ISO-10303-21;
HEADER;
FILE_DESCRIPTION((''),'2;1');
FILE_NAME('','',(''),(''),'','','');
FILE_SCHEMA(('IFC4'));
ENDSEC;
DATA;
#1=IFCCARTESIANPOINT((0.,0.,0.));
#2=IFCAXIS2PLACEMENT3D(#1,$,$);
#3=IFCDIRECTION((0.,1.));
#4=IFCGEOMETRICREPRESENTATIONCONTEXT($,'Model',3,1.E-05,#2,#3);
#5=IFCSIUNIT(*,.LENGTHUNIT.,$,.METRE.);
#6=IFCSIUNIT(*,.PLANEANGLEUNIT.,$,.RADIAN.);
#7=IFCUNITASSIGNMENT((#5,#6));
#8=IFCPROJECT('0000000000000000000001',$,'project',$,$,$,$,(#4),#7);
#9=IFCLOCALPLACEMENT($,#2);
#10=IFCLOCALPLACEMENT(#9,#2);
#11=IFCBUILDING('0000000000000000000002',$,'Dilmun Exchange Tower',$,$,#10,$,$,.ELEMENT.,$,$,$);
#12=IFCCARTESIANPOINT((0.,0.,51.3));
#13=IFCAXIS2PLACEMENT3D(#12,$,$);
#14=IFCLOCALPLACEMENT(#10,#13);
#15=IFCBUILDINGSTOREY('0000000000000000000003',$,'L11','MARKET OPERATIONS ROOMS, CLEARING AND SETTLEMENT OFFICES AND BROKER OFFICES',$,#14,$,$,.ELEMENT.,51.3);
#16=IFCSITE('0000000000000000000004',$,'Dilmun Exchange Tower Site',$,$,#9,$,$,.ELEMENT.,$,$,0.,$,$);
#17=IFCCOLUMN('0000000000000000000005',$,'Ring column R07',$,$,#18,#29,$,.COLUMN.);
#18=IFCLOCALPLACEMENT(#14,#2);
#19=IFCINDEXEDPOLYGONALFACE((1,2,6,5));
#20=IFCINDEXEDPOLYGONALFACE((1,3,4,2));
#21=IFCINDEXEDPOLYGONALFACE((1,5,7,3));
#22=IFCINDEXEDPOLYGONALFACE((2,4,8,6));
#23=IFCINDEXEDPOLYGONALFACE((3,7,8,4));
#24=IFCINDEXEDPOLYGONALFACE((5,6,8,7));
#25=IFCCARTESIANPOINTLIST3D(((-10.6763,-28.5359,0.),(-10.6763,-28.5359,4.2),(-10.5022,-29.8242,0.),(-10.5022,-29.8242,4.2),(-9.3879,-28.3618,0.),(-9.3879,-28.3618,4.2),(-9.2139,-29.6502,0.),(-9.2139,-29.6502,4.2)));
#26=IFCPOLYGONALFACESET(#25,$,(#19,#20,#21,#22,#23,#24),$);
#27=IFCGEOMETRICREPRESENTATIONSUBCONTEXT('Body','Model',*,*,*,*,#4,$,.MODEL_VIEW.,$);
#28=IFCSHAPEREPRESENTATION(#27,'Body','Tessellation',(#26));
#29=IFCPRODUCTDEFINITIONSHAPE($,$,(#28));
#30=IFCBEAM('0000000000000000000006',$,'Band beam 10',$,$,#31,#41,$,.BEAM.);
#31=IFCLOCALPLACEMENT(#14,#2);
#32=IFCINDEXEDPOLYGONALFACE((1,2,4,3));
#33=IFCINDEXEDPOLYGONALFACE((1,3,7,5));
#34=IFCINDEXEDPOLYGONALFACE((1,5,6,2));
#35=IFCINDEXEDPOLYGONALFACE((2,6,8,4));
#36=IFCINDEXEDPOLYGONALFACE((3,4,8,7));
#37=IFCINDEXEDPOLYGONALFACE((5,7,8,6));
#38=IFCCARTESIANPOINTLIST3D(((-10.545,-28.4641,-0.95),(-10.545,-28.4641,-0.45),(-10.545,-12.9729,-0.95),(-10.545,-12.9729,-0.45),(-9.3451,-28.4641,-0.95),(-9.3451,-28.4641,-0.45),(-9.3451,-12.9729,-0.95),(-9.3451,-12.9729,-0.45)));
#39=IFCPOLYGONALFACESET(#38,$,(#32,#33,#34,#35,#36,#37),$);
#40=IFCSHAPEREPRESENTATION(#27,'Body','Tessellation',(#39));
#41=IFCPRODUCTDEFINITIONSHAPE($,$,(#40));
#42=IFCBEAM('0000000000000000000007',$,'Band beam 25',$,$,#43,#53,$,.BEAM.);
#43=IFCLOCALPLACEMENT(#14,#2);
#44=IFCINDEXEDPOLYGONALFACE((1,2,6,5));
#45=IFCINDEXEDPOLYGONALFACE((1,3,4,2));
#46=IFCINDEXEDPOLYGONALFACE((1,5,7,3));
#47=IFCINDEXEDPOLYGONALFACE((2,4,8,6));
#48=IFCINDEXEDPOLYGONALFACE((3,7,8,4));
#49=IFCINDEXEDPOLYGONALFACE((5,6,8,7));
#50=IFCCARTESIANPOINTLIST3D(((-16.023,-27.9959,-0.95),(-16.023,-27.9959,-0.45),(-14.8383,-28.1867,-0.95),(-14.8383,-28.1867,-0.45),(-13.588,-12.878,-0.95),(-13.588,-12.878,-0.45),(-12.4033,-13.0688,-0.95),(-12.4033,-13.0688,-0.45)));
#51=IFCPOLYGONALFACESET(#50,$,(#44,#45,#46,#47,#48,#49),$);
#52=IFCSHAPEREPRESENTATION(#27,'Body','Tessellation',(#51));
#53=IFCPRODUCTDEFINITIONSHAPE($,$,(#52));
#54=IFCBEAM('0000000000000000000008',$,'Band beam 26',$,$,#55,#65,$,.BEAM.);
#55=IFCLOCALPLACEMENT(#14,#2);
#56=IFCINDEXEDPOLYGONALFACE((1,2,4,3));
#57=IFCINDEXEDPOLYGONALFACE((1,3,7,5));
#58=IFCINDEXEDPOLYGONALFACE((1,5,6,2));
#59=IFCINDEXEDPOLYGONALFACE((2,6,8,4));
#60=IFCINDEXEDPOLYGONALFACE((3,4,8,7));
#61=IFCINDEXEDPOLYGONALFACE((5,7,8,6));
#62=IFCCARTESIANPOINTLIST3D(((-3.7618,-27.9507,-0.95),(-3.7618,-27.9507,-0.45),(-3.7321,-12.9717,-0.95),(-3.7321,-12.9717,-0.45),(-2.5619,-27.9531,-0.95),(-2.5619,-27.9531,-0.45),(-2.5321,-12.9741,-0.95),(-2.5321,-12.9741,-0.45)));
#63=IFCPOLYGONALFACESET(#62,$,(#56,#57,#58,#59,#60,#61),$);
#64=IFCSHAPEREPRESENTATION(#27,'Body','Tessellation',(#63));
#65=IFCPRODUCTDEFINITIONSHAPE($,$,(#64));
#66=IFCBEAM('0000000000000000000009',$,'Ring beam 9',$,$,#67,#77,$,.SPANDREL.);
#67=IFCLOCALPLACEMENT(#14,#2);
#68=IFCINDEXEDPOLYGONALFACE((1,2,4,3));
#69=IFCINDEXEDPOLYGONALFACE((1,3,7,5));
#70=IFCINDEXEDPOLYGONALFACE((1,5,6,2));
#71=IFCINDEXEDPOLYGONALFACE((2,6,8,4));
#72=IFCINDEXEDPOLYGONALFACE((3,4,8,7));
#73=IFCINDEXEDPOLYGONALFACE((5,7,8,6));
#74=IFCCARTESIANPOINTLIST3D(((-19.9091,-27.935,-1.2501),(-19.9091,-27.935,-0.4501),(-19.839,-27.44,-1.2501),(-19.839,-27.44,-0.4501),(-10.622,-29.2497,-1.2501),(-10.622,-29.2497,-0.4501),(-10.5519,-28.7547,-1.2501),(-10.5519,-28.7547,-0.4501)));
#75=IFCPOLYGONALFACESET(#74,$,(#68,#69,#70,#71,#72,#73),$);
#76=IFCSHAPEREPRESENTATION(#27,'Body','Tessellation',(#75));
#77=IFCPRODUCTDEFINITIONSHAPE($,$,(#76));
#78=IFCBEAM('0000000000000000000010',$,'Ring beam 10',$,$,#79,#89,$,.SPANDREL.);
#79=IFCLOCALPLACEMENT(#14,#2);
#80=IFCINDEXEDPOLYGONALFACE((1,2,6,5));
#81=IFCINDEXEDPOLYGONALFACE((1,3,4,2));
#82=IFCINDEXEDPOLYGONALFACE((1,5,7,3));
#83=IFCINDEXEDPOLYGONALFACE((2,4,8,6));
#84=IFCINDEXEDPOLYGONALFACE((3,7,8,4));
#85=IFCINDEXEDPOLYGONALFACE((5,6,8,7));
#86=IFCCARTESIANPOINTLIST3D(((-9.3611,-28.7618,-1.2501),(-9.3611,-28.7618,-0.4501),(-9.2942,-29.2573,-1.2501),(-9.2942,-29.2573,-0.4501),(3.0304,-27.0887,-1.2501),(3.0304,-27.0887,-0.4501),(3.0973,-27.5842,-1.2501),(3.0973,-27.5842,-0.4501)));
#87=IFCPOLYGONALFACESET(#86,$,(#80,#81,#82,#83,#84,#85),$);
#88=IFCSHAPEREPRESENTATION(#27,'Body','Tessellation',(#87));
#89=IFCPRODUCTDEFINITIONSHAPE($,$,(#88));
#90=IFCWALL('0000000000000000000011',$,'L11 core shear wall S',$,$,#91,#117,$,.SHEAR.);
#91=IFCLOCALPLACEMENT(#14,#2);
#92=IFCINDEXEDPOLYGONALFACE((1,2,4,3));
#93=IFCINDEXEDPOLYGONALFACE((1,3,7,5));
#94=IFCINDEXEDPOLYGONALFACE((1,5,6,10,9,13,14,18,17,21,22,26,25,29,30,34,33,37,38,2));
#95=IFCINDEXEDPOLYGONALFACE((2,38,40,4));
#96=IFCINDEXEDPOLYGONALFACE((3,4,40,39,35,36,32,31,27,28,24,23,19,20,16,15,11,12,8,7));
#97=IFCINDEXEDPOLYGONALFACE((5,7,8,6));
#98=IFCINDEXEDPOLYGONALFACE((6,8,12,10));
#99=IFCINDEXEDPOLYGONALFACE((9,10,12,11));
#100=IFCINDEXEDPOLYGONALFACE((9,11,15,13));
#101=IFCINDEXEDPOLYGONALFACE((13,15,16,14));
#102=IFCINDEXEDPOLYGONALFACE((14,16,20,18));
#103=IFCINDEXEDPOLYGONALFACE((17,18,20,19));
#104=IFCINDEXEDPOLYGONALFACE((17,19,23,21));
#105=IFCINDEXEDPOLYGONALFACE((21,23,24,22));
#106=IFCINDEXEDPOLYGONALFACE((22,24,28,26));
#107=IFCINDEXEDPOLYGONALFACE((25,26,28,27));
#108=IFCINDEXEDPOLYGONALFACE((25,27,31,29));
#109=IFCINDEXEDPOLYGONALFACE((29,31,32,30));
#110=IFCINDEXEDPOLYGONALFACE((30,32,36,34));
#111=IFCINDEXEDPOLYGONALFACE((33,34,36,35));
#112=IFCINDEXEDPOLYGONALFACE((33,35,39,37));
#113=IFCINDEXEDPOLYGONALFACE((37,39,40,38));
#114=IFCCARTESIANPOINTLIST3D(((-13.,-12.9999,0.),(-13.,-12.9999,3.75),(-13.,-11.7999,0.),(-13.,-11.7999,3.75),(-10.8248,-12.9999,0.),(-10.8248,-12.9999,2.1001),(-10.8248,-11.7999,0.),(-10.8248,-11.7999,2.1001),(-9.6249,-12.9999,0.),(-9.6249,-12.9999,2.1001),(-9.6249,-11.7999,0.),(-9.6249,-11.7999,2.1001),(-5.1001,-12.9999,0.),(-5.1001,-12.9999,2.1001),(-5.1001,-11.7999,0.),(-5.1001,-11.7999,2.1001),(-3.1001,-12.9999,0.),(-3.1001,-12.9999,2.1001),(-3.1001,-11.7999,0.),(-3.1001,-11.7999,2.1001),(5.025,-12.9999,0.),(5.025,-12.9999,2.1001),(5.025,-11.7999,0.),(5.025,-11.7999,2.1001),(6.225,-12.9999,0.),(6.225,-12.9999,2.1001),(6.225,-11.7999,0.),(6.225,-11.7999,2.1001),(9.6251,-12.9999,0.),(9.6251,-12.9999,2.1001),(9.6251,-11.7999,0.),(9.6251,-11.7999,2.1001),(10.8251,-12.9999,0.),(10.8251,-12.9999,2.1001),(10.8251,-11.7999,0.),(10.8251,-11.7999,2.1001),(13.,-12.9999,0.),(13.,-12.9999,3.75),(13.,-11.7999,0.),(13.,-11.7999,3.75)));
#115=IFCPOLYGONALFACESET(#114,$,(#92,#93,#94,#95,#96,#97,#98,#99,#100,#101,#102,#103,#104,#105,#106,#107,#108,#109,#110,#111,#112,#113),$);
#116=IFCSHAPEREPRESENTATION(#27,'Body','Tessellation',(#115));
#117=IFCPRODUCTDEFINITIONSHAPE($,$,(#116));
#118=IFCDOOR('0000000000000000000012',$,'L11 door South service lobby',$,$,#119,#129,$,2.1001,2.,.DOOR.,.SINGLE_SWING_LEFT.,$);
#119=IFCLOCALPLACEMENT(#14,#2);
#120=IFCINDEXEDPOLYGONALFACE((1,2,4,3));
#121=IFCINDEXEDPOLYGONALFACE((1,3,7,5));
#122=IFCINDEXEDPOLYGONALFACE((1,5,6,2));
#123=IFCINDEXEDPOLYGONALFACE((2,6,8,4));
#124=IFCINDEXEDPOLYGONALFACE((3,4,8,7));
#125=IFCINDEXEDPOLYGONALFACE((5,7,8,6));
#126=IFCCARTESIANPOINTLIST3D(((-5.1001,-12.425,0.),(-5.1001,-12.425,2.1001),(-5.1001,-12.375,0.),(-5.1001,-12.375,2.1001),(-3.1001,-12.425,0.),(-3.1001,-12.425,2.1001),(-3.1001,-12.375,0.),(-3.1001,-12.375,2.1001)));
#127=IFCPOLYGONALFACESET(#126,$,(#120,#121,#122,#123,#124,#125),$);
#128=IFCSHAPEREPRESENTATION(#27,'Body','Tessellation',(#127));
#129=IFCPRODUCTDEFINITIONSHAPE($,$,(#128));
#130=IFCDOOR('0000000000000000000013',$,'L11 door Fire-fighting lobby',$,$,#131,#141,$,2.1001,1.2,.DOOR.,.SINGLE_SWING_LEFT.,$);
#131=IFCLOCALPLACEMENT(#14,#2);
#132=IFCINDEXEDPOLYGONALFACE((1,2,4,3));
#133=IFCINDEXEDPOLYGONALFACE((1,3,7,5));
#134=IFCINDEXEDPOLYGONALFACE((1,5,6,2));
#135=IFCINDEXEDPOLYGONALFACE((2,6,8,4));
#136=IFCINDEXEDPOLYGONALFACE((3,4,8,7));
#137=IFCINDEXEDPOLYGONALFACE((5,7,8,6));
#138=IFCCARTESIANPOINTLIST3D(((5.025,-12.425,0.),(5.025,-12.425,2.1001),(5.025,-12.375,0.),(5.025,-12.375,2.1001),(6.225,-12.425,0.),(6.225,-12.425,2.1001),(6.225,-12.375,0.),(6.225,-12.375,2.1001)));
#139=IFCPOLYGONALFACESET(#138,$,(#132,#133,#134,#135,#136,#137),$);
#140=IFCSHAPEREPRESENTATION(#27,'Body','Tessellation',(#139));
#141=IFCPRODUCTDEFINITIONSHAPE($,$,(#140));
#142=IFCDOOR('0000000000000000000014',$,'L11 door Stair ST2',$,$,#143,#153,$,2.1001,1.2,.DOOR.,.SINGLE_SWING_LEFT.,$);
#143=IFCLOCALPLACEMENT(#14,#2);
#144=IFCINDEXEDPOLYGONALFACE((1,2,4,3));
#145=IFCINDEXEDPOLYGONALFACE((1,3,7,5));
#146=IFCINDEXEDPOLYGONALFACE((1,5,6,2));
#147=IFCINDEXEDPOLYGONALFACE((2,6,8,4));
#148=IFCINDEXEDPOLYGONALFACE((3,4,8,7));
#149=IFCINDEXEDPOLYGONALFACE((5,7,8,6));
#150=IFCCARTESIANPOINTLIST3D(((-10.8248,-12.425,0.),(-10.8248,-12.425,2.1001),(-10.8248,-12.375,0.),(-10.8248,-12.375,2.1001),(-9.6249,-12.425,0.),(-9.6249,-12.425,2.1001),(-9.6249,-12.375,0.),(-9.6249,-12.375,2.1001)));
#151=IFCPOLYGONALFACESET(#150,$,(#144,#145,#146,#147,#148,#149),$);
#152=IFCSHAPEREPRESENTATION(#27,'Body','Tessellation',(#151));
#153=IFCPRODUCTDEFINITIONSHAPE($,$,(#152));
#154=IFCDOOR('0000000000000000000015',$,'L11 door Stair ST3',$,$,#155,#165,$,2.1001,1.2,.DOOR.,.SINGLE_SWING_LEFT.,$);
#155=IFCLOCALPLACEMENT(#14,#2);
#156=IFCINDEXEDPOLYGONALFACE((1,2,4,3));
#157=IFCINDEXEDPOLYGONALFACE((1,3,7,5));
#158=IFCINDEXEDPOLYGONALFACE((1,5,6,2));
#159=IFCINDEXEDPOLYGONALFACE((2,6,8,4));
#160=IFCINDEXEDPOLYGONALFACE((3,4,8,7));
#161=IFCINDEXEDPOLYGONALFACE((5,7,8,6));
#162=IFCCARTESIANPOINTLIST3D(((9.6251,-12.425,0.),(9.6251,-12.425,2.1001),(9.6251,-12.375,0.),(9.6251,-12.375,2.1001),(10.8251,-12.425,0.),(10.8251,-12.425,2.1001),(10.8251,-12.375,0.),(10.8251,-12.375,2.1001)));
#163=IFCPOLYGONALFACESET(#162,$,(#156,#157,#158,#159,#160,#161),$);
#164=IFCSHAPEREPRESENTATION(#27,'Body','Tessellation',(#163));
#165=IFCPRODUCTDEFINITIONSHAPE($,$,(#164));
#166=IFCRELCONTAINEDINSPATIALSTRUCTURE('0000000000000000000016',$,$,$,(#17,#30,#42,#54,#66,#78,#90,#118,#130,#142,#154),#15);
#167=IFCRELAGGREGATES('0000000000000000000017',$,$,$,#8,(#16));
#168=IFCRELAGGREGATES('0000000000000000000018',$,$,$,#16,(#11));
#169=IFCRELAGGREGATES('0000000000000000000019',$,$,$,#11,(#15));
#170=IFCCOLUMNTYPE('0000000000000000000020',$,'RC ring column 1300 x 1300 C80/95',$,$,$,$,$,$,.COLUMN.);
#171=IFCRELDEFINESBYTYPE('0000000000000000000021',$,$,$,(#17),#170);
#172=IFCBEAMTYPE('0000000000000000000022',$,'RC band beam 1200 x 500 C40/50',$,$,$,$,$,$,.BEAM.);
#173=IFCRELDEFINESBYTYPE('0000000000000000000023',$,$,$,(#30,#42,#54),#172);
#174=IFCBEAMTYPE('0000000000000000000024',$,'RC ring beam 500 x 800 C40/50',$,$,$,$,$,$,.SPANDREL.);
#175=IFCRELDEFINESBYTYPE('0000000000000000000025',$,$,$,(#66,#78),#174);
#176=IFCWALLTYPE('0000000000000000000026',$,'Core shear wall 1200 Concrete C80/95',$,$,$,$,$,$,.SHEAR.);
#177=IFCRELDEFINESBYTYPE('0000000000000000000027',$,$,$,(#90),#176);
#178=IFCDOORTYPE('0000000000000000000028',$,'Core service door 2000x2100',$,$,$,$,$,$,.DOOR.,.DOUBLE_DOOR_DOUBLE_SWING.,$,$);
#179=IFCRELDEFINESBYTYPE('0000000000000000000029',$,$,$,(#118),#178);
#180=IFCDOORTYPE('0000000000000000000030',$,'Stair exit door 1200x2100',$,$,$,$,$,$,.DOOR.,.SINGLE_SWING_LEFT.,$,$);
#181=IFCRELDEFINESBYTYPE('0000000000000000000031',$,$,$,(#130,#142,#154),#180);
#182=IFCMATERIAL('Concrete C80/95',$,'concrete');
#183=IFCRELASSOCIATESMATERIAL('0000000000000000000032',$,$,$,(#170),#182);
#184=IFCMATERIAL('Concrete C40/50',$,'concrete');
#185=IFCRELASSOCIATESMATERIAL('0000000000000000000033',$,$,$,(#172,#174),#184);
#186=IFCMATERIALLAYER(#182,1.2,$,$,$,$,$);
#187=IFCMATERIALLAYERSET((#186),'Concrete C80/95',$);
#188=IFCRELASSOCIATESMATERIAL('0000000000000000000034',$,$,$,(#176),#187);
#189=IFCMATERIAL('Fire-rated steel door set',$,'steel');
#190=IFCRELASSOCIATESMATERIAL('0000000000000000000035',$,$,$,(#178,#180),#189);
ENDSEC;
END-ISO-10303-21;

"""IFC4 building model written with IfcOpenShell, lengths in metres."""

from ifc_helpers import new_model, si_unit, direction, frame, frame_2d, origin, origin_2d, place, context, subcontext, project, spatial, rectangle, extrude, material, layer, layer_set, material_profile, profile_set, type_object, element, fill, save


model = new_model("IFC4")

# Units and contexts
model_context = context("Model", 3, precision=1e-05, world=origin(), true_north=direction((0.0, 1.0)))
body_context = subcontext(model_context, "Body", "Model", "MODEL_VIEW")
ifc_project = project(units=[si_unit("LENGTHUNIT", "METRE"), si_unit("PLANEANGLEUNIT", "RADIAN")], contexts=[model_context])

# Site, building, storey
site_placement = place(None, origin())
site = spatial("IfcSite", under=ifc_project, at=site_placement, Name="Dilmun Exchange Tower Site", CompositionType="ELEMENT", RefElevation=0.0)
building_placement = place(site_placement, origin())
building = spatial("IfcBuilding", under=site, at=building_placement, Name="Dilmun Exchange Tower", CompositionType="ELEMENT")
storey_placement = place(building_placement, frame((0.0, 0.0, 51.3)))
storey = spatial("IfcBuildingStorey", under=building, at=storey_placement, Name="L11", Description="MARKET OPERATIONS ROOMS, CLEARING AND SETTLEMENT OFFICES AND BROKER OFFICES", CompositionType="ELEMENT", Elevation=51.3)

# Column
ifc_material_1 = material(Name="Concrete C80/95", Category="concrete")
ifc_material_profile_1 = material_profile(ifc_material_1, rectangle(XDim=1.3, YDim=1.3, at=origin_2d()), Name="1300 x 1300")
ifc_profile_set_1 = profile_set([ifc_material_profile_1], Name="Concrete C80/95")
column_type = type_object("IfcColumnType", Name="RC ring column 1300 x 1300 C80/95", PredefinedType="COLUMN", material=ifc_profile_set_1)
column_placement = place(storey_placement, frame((-9.9451, -29.093, 0.0), z_axis=(0.0, 0.0, 1.0), x_axis=(0.991001, 0.133853, 0.0)))
element("IfcColumn", 1, at=column_placement, inside=storey, type_object=column_type, Name="Ring column R07", PredefinedType="COLUMN", context=body_context, shape_type="SweptSolid", body=[
    extrude(rectangle(XDim=1.3, YDim=1.3, at=origin_2d()), origin(), (0.0, 0.0, 1.0), 4.2),
])

# Beams
ifc_material_2 = material(Name="Concrete C40/50", Category="concrete")
ifc_material_profile_2 = material_profile(ifc_material_2, rectangle(XDim=1.2, YDim=0.5, at=origin_2d()), Name="1200 x 500")
ifc_profile_set_2 = profile_set([ifc_material_profile_2], Name="Concrete C40/50")
beam_type_1 = type_object("IfcBeamType", Name="RC band beam 1200 x 500 C40/50", PredefinedType="BEAM", material=ifc_profile_set_2)
beam_1_placement = place(storey_placement, frame((-9.9451, -28.4641, -0.7), z_axis=(0.0, 1.0, 0.0), x_axis=(-1.0, 0.0, 0.0)))
element("IfcBeam", 2, at=beam_1_placement, inside=storey, type_object=beam_type_1, Name="Band beam 10", PredefinedType="BEAM", context=body_context, shape_type="SweptSolid", body=[
    extrude(rectangle(XDim=1.2, YDim=0.5, at=origin_2d()), origin(), (0.0, 0.0, 1.0), 15.4912),
])
beam_2_placement = place(storey_placement, frame((-15.4307, -28.0913, -0.7), z_axis=(0.159021, 0.987275, 0.0), x_axis=(-0.987275, 0.159021, 0.0)))
element("IfcBeam", 3, at=beam_2_placement, inside=storey, type_object=beam_type_1, Name="Band beam 25", PredefinedType="BEAM", context=body_context, shape_type="SweptSolid", body=[
    extrude(rectangle(XDim=1.2, YDim=0.5, at=origin_2d()), origin(), (0.0, 0.0, 1.0), 15.3127),
])
beam_3_placement = place(storey_placement, frame((-3.1619, -27.9519, -0.7), z_axis=(0.001988, 0.999998, 0.0), x_axis=(-0.999998, 0.001988, 0.0)))
element("IfcBeam", 4, at=beam_3_placement, inside=storey, type_object=beam_type_1, Name="Band beam 26", PredefinedType="BEAM", context=body_context, shape_type="SweptSolid", body=[
    extrude(rectangle(XDim=1.2, YDim=0.5, at=origin_2d()), origin(), (0.0, 0.0, 1.0), 14.979),
])
ifc_material_profile_3 = material_profile(ifc_material_2, rectangle(XDim=0.5, YDim=0.8, at=origin_2d()), Name="500 x 800")
ifc_profile_set_3 = profile_set([ifc_material_profile_3], Name="Concrete C40/50")
beam_type_2 = type_object("IfcBeamType", Name="RC ring beam 500 x 800 C40/50", PredefinedType="SPANDREL", material=ifc_profile_set_3)
beam_4_placement = place(storey_placement, frame((-19.874, -27.6875, -0.8501), z_axis=(0.990128, -0.140164, 0.0), x_axis=(0.140164, 0.990128, 0.0)))
element("IfcBeam", 5, at=beam_4_placement, inside=storey, type_object=beam_type_2, Name="Ring beam 9", PredefinedType="SPANDREL", context=body_context, shape_type="SweptSolid", body=[
    extrude(rectangle(XDim=0.5, YDim=0.8, at=origin_2d()), origin(), (0.0, 0.0, 1.0), 9.3796),
])
beam_5_placement = place(storey_placement, frame((-9.3276, -29.0095, -0.8501), z_axis=(0.991007, 0.133807, 0.0), x_axis=(-0.133807, 0.991007, 0.0)))
element("IfcBeam", 6, at=beam_5_placement, inside=storey, type_object=beam_type_2, Name="Ring beam 10", PredefinedType="SPANDREL", context=body_context, shape_type="SweptSolid", body=[
    extrude(rectangle(XDim=0.5, YDim=0.8, at=origin_2d()), origin(), (0.0, 0.0, 1.0), 12.5039),
])

# Wall, openings, doors
ifc_layer_1 = layer(ifc_material_1, 1.2)
ifc_layer_set_1 = layer_set([ifc_layer_1], Name="Concrete C80/95")
wall_type_1 = type_object("IfcWallType", Name="Core shear wall 1200 Concrete C80/95", PredefinedType="SHEAR", material=ifc_layer_set_1)
wall_1_placement = place(storey_placement, frame((-13.0, -12.3999, 0.0), z_axis=(0.0, 0.0, 1.0), x_axis=(1.0, 0.0, 0.0)))
wall_1 = element("IfcWall", 7, at=wall_1_placement, inside=storey, type_object=wall_type_1, Name="L11 core shear wall S", PredefinedType="SHEAR", context=body_context, shape_type="SweptSolid", body=[
    extrude(rectangle(XDim=26.0, YDim=1.2, at=frame_2d((13.0, 0.0))), origin(), (0.0, 0.0, 1.0), 3.75),
])
opening_1_placement = place(wall_1_placement, frame((7.8999, 0.0, 0.0)))
opening_1 = element("IfcOpeningElement", 8, at=opening_1_placement, cuts=wall_1, PredefinedType="OPENING", context=body_context, shape_type="SweptSolid", body=[
    extrude(rectangle(XDim=2.0, YDim=2.1001, at=frame_2d((1.0, 1.05))), frame((0.0, 0.6099, 0.0), z_axis=(0.0, -1.0, 0.0), x_axis=(1.0, 0.0, 0.0)), (0.0, 0.0, 1.0), 1.22),
])
opening_2_placement = place(wall_1_placement, frame((18.0249, 0.0, 0.0)))
opening_2 = element("IfcOpeningElement", 9, at=opening_2_placement, cuts=wall_1, PredefinedType="OPENING", context=body_context, shape_type="SweptSolid", body=[
    extrude(rectangle(XDim=1.2, YDim=2.1001, at=frame_2d((0.6001, 1.05))), frame((0.0, 0.6099, 0.0), z_axis=(0.0, -1.0, 0.0), x_axis=(1.0, 0.0, 0.0)), (0.0, 0.0, 1.0), 1.22),
])
opening_3_placement = place(wall_1_placement, frame((2.175, 0.0, 0.0)))
opening_3 = element("IfcOpeningElement", 10, at=opening_3_placement, cuts=wall_1, PredefinedType="OPENING", context=body_context, shape_type="SweptSolid", body=[
    extrude(rectangle(XDim=1.2, YDim=2.1001, at=frame_2d((0.6001, 1.05))), frame((0.0, 0.6099, 0.0), z_axis=(0.0, -1.0, 0.0), x_axis=(1.0, 0.0, 0.0)), (0.0, 0.0, 1.0), 1.22),
])
opening_4_placement = place(wall_1_placement, frame((22.625, 0.0, 0.0)))
opening_4 = element("IfcOpeningElement", 11, at=opening_4_placement, cuts=wall_1, PredefinedType="OPENING", context=body_context, shape_type="SweptSolid", body=[
    extrude(rectangle(XDim=1.2, YDim=2.1001, at=frame_2d((0.6001, 1.05))), frame((0.0, 0.6099, 0.0), z_axis=(0.0, -1.0, 0.0), x_axis=(1.0, 0.0, 0.0)), (0.0, 0.0, 1.0), 1.22),
])
ifc_material_3 = material(Name="Fire-rated steel door set", Category="steel")
door_type_1 = type_object("IfcDoorType", Name="Core service door 2000x2100", OperationType="DOUBLE_DOOR_DOUBLE_SWING", PredefinedType="DOOR", material=ifc_material_3)
door_1_placement = place(opening_1_placement, origin())
door_1 = element("IfcDoor", 12, at=door_1_placement, inside=storey, type_object=door_type_1, Name="L11 door South service lobby", OperationType="SINGLE_SWING_LEFT", OverallHeight=2.1001, OverallWidth=2.0, PredefinedType="DOOR", context=body_context, shape_type="SweptSolid", body=[
    extrude(rectangle(XDim=2.0, YDim=2.1001, at=frame_2d((1.0, 1.05))), frame((0.0, 0.0249, 0.0), z_axis=(0.0, -1.0, 0.0), x_axis=(1.0, 0.0, 0.0)), (0.0, 0.0, 1.0), 0.05),
])
fill(opening_1, door_1)
door_type_2 = type_object("IfcDoorType", Name="Stair exit door 1200x2100", OperationType="SINGLE_SWING_LEFT", PredefinedType="DOOR", material=ifc_material_3)
door_2_placement = place(opening_2_placement, origin())
door_2 = element("IfcDoor", 13, at=door_2_placement, inside=storey, type_object=door_type_2, Name="L11 door Fire-fighting lobby", OperationType="SINGLE_SWING_LEFT", OverallHeight=2.1001, OverallWidth=1.2, PredefinedType="DOOR", context=body_context, shape_type="SweptSolid", body=[
    extrude(rectangle(XDim=1.2, YDim=2.1001, at=frame_2d((0.6001, 1.05))), frame((0.0, 0.0249, 0.0), z_axis=(0.0, -1.0, 0.0), x_axis=(1.0, 0.0, 0.0)), (0.0, 0.0, 1.0), 0.05),
])
fill(opening_2, door_2)
door_3_placement = place(opening_3_placement, origin())
door_3 = element("IfcDoor", 14, at=door_3_placement, inside=storey, type_object=door_type_2, Name="L11 door Stair ST2", OperationType="SINGLE_SWING_LEFT", OverallHeight=2.1001, OverallWidth=1.2, PredefinedType="DOOR", context=body_context, shape_type="SweptSolid", body=[
    extrude(rectangle(XDim=1.2, YDim=2.1001, at=frame_2d((0.6001, 1.05))), frame((0.0, 0.0249, 0.0), z_axis=(0.0, -1.0, 0.0), x_axis=(1.0, 0.0, 0.0)), (0.0, 0.0, 1.0), 0.05),
])
fill(opening_3, door_3)
door_4_placement = place(opening_4_placement, origin())
door_4 = element("IfcDoor", 15, at=door_4_placement, inside=storey, type_object=door_type_2, Name="L11 door Stair ST3", OperationType="SINGLE_SWING_LEFT", OverallHeight=2.1001, OverallWidth=1.2, PredefinedType="DOOR", context=body_context, shape_type="SweptSolid", body=[
    extrude(rectangle(XDim=1.2, YDim=2.1001, at=frame_2d((0.6001, 1.05))), frame((0.0, 0.0249, 0.0), z_axis=(0.0, -1.0, 0.0), x_axis=(1.0, 0.0, 0.0)), (0.0, 0.0, 1.0), 0.05),
])
fill(opening_4, door_4)

save(model, "model.ifc")
